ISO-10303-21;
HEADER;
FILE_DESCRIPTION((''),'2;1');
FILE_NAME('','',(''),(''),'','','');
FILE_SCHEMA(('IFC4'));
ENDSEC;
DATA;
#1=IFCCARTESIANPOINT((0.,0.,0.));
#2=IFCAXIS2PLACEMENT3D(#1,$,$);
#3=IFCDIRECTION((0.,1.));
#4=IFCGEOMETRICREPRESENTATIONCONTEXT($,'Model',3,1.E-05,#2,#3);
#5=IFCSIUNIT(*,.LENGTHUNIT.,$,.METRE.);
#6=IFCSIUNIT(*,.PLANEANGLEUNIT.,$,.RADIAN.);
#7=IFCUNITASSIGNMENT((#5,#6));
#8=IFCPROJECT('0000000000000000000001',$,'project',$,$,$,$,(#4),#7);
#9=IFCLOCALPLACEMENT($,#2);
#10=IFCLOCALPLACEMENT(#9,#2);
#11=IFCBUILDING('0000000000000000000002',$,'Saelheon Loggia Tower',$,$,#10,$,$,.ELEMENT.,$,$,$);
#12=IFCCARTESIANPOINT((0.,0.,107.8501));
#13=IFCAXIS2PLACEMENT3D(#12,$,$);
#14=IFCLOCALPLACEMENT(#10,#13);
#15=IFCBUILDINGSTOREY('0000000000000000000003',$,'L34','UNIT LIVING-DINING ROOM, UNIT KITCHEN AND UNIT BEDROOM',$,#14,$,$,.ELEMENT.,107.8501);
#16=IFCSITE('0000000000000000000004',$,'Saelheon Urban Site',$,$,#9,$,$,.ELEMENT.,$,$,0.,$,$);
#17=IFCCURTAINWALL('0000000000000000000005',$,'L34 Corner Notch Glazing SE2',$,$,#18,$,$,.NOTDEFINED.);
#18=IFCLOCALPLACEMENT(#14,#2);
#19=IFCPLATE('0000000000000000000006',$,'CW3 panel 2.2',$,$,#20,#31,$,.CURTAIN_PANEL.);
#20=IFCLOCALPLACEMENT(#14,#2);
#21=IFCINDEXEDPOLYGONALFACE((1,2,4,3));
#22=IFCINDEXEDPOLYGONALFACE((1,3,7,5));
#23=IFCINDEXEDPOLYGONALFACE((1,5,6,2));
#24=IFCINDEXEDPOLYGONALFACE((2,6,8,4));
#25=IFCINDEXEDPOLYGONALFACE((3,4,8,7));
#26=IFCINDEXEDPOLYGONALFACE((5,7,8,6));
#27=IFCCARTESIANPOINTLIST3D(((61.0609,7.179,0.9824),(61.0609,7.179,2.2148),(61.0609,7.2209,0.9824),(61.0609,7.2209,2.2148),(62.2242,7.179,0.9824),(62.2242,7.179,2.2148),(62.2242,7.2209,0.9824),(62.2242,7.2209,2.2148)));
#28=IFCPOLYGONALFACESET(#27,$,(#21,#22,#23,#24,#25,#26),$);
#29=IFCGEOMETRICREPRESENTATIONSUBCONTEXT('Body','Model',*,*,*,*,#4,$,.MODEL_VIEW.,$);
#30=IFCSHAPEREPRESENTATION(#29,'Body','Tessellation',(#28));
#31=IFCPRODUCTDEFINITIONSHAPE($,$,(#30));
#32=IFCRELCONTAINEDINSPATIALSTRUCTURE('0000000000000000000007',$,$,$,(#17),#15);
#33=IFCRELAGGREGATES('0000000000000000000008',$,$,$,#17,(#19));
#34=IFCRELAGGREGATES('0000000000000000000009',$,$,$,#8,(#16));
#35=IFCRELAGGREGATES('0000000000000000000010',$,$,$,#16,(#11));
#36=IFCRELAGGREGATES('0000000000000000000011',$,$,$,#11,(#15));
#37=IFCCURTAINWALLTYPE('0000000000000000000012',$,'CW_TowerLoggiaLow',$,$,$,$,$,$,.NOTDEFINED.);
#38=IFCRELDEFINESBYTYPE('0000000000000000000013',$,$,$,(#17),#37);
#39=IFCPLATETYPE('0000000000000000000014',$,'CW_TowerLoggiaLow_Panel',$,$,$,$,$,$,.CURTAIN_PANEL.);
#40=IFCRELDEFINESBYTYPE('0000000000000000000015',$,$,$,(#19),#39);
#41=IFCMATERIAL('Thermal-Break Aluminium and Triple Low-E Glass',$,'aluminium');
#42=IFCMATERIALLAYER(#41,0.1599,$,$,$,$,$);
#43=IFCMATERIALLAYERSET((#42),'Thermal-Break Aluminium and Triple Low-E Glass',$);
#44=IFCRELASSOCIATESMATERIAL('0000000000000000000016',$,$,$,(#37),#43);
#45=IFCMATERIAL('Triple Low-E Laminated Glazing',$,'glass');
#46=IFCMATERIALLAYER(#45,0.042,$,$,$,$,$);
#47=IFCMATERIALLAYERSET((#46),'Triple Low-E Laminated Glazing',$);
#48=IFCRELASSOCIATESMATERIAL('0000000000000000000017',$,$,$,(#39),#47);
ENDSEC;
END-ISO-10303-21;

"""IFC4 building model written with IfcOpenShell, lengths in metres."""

from ifc_helpers import new_model, si_unit, direction, frame, origin, origin_2d, place, context, subcontext, project, spatial, rectangle, extrude, source, transform, mapped, material, layer, layer_set, type_object, element, aggregate, save


model = new_model("IFC4")

# Units and contexts
model_context = context("Model", 3, precision=1e-05, world=origin(), true_north=direction((0.0, 1.0)))
body_context = subcontext(model_context, "Body", "Model", "MODEL_VIEW")
ifc_project = project(units=[si_unit("LENGTHUNIT", "METRE"), si_unit("PLANEANGLEUNIT", "RADIAN")], contexts=[model_context])

# Site, building, storey
site_placement = place(None, origin())
site = spatial("IfcSite", under=ifc_project, at=site_placement, Name="Saelheon Urban Site", CompositionType="ELEMENT", RefElevation=0.0)
building_placement = place(site_placement, origin())
building = spatial("IfcBuilding", under=site, at=building_placement, Name="Saelheon Loggia Tower", CompositionType="ELEMENT")
storey_placement = place(building_placement, frame((0.0, 0.0, 107.8501)))
storey = spatial("IfcBuildingStorey", under=building, at=storey_placement, Name="L34", Description="UNIT LIVING-DINING ROOM, UNIT KITCHEN AND UNIT BEDROOM", CompositionType="ELEMENT", Elevation=107.8501)

# Curtain wall, plate
ifc_material_1 = material(Name="Thermal-Break Aluminium and Triple Low-E Glass", Category="aluminium")
ifc_layer_1 = layer(ifc_material_1, 0.1599)
ifc_layer_set_1 = layer_set([ifc_layer_1], Name="Thermal-Break Aluminium and Triple Low-E Glass")
curtain_wall_type = type_object("IfcCurtainWallType", Name="CW_TowerLoggiaLow", PredefinedType="NOTDEFINED", material=ifc_layer_set_1)
curtain_wall_placement = place(storey_placement, origin())
curtain_wall = element("IfcCurtainWall", 1, at=curtain_wall_placement, inside=storey, type_object=curtain_wall_type, Name="L34 Corner Notch Glazing SE2", PredefinedType="NOTDEFINED")
ifc_material_2 = material(Name="Triple Low-E Laminated Glazing", Category="glass")
ifc_layer_2 = layer(ifc_material_2, 0.042)
ifc_layer_set_2 = layer_set([ifc_layer_2], Name="Triple Low-E Laminated Glazing")
plate_type = type_object("IfcPlateType", Name="CW_TowerLoggiaLow_Panel", PredefinedType="CURTAIN_PANEL", material=ifc_layer_set_2)
shared_shape_1 = source(origin(), body_context, "Body", "SweptSolid", [
    extrude(rectangle(XDim=1.1633, YDim=0.042, at=origin_2d()), origin(), (0.0, 0.0, 1.0), 1.2324),
])
plate_1_placement = place(storey_placement, frame((61.6426, 7.2, 0.9824), z_axis=(0.0, 0.0, 1.0), x_axis=(1.0, 0.0, 0.0)))
plate_1 = element("IfcPlate", 2, at=plate_1_placement, type_object=plate_type, Name="CW3 panel 2.2", PredefinedType="CURTAIN_PANEL", context=body_context, shape_type="MappedRepresentation", body=[
    mapped(shared_shape_1, transform((0.0, 0.0, 0.0), scale=1.0)),
])
aggregate(curtain_wall, [plate_1])

save(model, "model.ifc")
